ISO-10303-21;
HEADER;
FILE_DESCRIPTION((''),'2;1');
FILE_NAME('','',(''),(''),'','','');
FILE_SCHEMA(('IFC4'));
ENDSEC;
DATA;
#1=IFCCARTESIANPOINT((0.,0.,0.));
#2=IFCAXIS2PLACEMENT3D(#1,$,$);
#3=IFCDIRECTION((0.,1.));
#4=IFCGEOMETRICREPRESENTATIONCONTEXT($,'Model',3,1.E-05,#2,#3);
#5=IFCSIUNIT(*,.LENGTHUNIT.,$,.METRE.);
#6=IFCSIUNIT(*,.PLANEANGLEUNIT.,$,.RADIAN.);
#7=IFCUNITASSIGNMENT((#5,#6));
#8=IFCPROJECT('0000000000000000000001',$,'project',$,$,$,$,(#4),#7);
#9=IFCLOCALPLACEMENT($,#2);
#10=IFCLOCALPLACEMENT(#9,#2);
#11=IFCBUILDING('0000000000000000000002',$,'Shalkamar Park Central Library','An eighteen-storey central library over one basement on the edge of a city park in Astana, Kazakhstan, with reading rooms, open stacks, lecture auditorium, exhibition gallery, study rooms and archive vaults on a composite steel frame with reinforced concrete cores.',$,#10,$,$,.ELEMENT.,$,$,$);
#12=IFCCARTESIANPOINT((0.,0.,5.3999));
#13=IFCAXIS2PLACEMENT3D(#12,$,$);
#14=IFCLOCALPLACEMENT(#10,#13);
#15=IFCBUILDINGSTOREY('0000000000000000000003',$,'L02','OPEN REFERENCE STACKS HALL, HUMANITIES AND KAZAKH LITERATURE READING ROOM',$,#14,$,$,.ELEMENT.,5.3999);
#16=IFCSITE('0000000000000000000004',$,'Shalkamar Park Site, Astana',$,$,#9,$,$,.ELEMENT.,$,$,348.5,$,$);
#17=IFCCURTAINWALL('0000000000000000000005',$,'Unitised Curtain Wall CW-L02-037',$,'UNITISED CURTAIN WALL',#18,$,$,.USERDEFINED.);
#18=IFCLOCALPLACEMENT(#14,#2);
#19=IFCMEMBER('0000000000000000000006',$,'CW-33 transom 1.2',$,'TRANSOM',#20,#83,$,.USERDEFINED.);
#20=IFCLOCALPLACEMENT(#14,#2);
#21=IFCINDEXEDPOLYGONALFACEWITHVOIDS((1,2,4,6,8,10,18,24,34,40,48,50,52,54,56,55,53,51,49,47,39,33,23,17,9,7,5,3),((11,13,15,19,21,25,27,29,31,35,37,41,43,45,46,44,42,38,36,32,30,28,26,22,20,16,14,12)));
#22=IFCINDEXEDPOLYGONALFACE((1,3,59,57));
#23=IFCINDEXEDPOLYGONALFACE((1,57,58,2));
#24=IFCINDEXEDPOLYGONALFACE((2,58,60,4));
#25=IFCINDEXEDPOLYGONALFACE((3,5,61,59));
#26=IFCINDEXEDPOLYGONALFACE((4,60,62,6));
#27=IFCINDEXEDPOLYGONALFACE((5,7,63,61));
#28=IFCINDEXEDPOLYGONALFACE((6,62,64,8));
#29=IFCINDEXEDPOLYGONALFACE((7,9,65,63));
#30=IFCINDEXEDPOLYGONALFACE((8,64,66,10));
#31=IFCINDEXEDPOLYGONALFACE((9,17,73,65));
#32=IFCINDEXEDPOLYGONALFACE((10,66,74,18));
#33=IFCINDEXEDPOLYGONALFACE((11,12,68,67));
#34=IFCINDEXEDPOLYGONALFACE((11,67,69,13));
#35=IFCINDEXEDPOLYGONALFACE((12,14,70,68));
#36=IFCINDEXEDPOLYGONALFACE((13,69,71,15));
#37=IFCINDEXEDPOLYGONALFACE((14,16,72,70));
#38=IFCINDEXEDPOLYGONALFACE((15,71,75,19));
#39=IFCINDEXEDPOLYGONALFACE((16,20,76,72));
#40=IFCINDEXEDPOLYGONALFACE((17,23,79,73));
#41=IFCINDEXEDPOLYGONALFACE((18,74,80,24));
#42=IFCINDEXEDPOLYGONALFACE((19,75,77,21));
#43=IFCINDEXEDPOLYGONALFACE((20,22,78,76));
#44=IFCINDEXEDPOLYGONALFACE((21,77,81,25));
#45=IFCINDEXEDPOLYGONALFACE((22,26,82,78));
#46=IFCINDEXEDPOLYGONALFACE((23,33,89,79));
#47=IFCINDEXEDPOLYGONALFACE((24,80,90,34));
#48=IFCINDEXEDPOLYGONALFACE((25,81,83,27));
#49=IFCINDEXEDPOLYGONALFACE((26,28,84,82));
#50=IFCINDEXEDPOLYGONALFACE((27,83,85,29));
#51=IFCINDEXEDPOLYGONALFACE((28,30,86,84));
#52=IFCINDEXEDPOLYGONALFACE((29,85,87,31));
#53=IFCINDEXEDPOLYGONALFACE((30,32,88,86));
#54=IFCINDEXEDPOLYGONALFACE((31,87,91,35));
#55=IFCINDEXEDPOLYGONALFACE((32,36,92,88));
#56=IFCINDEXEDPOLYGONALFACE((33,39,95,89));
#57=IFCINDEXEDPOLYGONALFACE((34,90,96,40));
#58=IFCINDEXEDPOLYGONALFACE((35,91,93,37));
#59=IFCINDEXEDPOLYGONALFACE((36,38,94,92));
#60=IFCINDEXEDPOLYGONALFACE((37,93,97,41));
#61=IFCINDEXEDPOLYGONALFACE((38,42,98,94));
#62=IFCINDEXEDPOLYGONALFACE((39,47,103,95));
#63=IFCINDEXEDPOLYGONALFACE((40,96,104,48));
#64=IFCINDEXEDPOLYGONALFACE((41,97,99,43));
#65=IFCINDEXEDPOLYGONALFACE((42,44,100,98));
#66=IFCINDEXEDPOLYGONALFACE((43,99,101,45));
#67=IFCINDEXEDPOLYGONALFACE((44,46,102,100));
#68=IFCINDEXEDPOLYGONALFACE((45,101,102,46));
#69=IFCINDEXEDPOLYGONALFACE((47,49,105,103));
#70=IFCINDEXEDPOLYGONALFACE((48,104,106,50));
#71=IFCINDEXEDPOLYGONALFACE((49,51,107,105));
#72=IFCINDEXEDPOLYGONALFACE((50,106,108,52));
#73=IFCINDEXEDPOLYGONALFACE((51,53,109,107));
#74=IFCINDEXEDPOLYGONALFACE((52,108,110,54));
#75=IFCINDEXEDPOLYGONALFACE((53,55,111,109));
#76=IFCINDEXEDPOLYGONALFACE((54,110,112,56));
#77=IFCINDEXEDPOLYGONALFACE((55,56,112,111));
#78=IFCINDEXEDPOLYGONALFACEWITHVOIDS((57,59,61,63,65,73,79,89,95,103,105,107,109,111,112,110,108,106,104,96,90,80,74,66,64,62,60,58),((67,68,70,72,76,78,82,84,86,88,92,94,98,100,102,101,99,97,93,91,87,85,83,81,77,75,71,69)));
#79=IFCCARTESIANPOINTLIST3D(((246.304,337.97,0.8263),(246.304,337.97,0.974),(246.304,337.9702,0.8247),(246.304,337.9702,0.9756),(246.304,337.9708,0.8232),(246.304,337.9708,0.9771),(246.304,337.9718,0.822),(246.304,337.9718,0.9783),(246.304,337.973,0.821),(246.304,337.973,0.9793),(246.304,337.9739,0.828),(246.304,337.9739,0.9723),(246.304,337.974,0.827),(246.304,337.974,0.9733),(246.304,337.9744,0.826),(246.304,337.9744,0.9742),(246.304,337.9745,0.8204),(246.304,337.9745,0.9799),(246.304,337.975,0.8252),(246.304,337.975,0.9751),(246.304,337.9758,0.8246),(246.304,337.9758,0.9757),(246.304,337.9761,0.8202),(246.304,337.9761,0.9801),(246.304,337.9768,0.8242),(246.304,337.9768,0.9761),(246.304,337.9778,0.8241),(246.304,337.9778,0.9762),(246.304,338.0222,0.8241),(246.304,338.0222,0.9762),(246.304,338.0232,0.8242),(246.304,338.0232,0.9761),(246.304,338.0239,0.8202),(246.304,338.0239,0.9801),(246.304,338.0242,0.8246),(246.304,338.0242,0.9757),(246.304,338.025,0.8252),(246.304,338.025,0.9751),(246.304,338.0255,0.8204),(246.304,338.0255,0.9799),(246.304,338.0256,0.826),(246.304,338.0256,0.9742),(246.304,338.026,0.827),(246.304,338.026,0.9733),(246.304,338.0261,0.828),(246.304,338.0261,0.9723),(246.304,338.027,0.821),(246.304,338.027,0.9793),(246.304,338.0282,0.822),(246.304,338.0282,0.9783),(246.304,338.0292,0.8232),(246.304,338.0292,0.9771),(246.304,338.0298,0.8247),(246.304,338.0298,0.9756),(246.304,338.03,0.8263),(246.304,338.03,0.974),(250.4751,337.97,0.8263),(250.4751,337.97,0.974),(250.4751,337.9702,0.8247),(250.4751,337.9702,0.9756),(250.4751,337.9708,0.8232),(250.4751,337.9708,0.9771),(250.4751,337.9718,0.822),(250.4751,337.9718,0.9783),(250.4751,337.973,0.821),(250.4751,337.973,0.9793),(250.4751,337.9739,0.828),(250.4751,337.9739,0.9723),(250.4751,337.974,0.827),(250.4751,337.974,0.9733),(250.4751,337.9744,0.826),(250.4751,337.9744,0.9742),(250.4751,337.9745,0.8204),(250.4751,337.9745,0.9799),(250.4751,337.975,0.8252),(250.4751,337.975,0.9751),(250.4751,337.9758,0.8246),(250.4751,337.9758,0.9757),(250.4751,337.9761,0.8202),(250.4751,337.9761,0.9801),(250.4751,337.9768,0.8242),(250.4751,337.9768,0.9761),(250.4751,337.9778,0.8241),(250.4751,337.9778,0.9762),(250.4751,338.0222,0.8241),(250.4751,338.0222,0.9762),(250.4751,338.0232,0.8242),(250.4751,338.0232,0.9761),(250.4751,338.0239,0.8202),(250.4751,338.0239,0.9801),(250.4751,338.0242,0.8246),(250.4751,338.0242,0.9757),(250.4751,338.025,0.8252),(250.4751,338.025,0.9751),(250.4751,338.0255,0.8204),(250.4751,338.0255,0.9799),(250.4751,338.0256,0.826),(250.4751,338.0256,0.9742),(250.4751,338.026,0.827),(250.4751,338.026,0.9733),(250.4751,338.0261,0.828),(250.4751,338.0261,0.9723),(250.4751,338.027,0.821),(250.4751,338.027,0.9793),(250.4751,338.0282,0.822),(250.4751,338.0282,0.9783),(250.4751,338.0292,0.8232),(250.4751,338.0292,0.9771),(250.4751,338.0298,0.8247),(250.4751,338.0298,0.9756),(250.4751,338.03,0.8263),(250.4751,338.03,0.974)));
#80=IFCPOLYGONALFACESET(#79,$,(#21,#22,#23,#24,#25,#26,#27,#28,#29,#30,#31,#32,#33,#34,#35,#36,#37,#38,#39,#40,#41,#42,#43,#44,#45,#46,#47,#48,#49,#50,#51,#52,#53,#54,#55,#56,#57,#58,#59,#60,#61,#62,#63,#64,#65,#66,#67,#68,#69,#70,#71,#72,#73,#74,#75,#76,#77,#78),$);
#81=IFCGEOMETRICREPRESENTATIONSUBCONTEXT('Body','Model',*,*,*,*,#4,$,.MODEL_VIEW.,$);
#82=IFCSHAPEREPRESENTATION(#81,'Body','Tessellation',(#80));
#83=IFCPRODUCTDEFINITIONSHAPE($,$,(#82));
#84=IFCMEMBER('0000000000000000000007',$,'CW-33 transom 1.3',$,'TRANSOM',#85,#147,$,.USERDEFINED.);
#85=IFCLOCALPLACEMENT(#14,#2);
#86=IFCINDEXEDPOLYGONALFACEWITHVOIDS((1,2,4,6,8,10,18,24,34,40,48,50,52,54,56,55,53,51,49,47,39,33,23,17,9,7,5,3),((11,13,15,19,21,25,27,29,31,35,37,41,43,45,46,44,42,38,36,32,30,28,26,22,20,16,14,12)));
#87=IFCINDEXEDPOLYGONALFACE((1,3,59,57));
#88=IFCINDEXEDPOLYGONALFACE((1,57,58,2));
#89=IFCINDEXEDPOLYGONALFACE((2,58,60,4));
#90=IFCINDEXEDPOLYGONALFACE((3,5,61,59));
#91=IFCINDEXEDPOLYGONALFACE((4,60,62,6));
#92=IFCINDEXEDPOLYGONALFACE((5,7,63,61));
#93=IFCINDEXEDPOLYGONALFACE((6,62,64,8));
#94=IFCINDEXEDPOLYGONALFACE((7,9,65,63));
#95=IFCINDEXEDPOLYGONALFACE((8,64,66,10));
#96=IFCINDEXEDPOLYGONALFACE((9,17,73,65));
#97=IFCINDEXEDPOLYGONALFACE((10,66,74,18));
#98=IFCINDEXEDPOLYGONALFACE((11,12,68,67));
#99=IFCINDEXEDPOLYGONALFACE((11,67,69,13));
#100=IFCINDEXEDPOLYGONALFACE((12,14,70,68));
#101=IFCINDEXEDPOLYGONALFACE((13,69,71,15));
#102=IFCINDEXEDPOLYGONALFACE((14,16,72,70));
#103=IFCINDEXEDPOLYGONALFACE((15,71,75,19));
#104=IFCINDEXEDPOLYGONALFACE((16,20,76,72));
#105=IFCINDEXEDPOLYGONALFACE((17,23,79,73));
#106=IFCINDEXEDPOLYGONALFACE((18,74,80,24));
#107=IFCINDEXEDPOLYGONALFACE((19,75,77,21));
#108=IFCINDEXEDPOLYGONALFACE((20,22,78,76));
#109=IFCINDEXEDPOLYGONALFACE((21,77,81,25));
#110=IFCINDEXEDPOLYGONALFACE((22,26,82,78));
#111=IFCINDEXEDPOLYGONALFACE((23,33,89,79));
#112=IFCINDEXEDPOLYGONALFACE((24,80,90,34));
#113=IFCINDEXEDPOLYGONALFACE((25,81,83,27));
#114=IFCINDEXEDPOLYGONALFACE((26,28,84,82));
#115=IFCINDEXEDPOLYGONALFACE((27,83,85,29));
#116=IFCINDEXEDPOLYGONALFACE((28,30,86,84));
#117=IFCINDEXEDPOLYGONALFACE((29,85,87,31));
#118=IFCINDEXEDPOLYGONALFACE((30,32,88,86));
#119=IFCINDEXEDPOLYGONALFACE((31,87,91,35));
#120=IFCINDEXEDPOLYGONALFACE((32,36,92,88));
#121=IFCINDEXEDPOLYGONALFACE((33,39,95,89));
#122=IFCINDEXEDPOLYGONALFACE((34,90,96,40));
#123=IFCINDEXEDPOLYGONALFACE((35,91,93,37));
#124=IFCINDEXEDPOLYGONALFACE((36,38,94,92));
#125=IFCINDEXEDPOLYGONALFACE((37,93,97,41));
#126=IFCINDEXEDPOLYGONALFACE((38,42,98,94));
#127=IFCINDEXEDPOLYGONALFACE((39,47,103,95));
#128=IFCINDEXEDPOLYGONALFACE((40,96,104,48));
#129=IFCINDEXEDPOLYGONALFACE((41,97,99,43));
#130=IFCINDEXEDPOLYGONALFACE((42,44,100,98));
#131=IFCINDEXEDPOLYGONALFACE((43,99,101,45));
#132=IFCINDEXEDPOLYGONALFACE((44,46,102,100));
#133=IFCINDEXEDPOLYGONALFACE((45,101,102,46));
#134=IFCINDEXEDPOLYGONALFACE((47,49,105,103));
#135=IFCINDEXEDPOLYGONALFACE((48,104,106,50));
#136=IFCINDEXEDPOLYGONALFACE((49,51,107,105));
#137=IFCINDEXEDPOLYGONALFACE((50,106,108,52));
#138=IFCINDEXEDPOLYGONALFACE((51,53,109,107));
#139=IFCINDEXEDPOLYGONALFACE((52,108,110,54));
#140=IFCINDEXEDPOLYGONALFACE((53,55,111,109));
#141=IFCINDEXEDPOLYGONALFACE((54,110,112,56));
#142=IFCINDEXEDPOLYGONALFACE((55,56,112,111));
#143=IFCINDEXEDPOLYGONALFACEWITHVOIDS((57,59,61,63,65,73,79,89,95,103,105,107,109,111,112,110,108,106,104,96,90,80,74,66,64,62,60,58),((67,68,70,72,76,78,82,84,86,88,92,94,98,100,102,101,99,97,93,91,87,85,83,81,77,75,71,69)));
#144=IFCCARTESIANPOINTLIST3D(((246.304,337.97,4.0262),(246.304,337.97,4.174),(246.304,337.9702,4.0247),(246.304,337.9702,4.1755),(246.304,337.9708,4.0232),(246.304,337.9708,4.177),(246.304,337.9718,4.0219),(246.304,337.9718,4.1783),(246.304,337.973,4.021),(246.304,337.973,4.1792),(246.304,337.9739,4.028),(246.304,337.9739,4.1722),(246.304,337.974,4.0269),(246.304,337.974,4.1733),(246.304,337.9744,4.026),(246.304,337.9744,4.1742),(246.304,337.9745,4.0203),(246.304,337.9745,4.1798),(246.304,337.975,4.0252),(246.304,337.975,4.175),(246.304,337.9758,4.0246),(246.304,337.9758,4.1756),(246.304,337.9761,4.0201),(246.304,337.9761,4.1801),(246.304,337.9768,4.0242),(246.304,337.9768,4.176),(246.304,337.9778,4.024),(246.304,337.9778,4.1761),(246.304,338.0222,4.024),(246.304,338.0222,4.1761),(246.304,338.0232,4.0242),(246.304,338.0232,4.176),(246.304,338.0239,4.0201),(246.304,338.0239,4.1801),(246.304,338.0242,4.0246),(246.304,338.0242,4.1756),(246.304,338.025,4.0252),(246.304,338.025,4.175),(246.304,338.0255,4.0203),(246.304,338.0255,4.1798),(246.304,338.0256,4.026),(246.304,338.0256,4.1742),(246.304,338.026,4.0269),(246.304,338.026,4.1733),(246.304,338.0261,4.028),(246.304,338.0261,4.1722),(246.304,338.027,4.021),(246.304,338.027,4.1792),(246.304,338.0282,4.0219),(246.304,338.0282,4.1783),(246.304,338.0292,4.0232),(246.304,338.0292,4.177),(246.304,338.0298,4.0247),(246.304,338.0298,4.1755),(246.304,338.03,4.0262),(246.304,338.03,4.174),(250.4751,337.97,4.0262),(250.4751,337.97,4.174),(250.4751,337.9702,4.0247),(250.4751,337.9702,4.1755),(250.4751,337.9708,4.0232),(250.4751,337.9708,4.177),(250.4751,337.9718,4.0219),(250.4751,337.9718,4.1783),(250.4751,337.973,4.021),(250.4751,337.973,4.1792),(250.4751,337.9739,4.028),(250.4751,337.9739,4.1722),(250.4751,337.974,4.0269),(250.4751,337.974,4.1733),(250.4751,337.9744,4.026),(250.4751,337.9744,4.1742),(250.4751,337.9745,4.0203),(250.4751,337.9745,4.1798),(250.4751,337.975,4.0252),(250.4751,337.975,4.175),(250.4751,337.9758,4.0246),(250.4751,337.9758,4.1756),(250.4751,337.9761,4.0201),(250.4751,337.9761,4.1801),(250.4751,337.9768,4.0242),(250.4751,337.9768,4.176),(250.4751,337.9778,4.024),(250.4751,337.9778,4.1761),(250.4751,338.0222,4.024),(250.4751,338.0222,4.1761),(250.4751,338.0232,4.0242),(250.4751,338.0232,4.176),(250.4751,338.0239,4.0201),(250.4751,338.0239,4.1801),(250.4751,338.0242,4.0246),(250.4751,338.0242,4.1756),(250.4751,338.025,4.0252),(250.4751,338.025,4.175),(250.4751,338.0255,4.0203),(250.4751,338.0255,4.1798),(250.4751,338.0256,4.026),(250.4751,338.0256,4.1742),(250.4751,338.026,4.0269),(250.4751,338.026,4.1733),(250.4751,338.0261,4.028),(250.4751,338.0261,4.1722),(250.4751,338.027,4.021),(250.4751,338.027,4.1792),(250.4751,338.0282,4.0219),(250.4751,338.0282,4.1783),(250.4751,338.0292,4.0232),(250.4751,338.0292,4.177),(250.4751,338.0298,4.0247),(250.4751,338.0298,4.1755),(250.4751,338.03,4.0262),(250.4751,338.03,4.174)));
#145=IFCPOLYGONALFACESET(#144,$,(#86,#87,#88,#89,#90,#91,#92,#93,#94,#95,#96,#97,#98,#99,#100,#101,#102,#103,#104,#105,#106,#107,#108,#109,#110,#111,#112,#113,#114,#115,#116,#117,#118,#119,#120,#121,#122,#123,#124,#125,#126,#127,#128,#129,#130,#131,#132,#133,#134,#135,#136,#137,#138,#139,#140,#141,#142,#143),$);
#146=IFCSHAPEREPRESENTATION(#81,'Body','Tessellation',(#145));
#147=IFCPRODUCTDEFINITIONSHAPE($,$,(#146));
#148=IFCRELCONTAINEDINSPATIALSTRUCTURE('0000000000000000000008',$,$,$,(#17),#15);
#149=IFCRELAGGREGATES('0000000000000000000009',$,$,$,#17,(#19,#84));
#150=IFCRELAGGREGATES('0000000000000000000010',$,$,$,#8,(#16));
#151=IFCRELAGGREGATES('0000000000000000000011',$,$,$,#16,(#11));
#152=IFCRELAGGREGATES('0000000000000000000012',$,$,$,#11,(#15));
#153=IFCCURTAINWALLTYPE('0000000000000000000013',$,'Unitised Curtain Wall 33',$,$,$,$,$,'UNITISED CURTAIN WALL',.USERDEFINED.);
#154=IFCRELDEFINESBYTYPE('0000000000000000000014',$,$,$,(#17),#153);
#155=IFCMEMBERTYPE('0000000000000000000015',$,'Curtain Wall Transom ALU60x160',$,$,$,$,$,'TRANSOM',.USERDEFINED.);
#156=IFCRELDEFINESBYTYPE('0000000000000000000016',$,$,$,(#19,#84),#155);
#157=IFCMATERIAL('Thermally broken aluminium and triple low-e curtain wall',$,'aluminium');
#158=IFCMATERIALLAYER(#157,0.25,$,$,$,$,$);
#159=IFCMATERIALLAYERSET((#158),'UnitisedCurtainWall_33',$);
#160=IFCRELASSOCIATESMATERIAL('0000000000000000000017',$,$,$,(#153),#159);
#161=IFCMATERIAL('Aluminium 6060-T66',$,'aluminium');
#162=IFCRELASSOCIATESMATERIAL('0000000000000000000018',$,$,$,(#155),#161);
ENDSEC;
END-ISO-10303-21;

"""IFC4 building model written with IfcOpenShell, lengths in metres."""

from ifc_helpers import new_model, si_unit, direction, frame, origin, origin_2d, place, context, subcontext, project, spatial, hollow_rectangle, extrude, material, layer, layer_set, material_profile, profile_set, type_object, element, aggregate, save


model = new_model("IFC4")

# Units and contexts
model_context = context("Model", 3, precision=1e-05, world=origin(), true_north=direction((0.0, 1.0)))
body_context = subcontext(model_context, "Body", "Model", "MODEL_VIEW")
ifc_project = project(units=[si_unit("LENGTHUNIT", "METRE"), si_unit("PLANEANGLEUNIT", "RADIAN")], contexts=[model_context])

# Site, building, storey
site_placement = place(None, origin())
site = spatial("IfcSite", under=ifc_project, at=site_placement, Name="Shalkamar Park Site, Astana", CompositionType="ELEMENT", RefElevation=348.5)
building_placement = place(site_placement, origin())
building = spatial("IfcBuilding", under=site, at=building_placement, Name="Shalkamar Park Central Library", Description="An eighteen-storey central library over one basement on the edge of a city park in Astana, Kazakhstan, with reading rooms, open stacks, lecture auditorium, exhibition gallery, study rooms and archive vaults on a composite steel frame with reinforced concrete cores.", CompositionType="ELEMENT")
storey_placement = place(building_placement, frame((0.0, 0.0, 5.3999)))
storey = spatial("IfcBuildingStorey", under=building, at=storey_placement, Name="L02", Description="OPEN REFERENCE STACKS HALL, HUMANITIES AND KAZAKH LITERATURE READING ROOM", CompositionType="ELEMENT", Elevation=5.3999)

# Curtain wall
ifc_material_1 = material(Name="Thermally broken aluminium and triple low-e curtain wall", Category="aluminium")
ifc_layer_1 = layer(ifc_material_1, 0.25)
ifc_layer_set_1 = layer_set([ifc_layer_1], Name="UnitisedCurtainWall_33")
curtain_wall_type_1 = type_object("IfcCurtainWallType", Name="Unitised Curtain Wall 33", ElementType="UNITISED CURTAIN WALL", PredefinedType="USERDEFINED", material=ifc_layer_set_1)
curtain_wall_1_placement = place(storey_placement, origin())
curtain_wall_1 = element("IfcCurtainWall", 1, at=curtain_wall_1_placement, inside=storey, type_object=curtain_wall_type_1, Name="Unitised Curtain Wall CW-L02-037", ObjectType="UNITISED CURTAIN WALL", PredefinedType="USERDEFINED")
ifc_material_2 = material(Name="Aluminium 6060-T66", Category="aluminium")

# Members
ifc_material_profile_1 = material_profile(ifc_material_2, hollow_rectangle(XDim=0.0601, YDim=0.1599, WallThickness=0.0039, InnerFilletRadius=0.0039, OuterFilletRadius=0.0061, at=origin_2d()), Name="ALU 60x160x4")
ifc_profile_set_1 = profile_set([ifc_material_profile_1], Name="Aluminium 6060-T66")
member_type_1 = type_object("IfcMemberType", Name="Curtain Wall Transom ALU60x160", ElementType="TRANSOM", PredefinedType="USERDEFINED", material=ifc_profile_set_1)
member_1_placement = place(storey_placement, frame((246.304, 338.0, 0.9001), z_axis=(1.0, 0.0, 0.0), x_axis=(0.0, 1.0, 0.0)))
member_1 = element("IfcMember", 2, at=member_1_placement, type_object=member_type_1, Name="CW-33 transom 1.2", ObjectType="TRANSOM", PredefinedType="USERDEFINED", context=body_context, shape_type="SweptSolid", body=[
    extrude(hollow_rectangle(XDim=0.0601, YDim=0.1599, WallThickness=0.0039, InnerFilletRadius=0.0039, OuterFilletRadius=0.0061, at=origin_2d()), origin(), (0.0, 0.0, 1.0), 4.1711),
])
member_2_placement = place(storey_placement, frame((246.304, 338.0, 4.1001), z_axis=(1.0, 0.0, 0.0), x_axis=(0.0, 1.0, 0.0)))
member_2 = element("IfcMember", 3, at=member_2_placement, type_object=member_type_1, Name="CW-33 transom 1.3", ObjectType="TRANSOM", PredefinedType="USERDEFINED", context=body_context, shape_type="SweptSolid", body=[
    extrude(hollow_rectangle(XDim=0.0601, YDim=0.1599, WallThickness=0.0039, InnerFilletRadius=0.0039, OuterFilletRadius=0.0061, at=origin_2d()), origin(), (0.0, 0.0, 1.0), 4.1711),
])
aggregate(curtain_wall_1, [member_1, member_2])

save(model, "model.ifc")
